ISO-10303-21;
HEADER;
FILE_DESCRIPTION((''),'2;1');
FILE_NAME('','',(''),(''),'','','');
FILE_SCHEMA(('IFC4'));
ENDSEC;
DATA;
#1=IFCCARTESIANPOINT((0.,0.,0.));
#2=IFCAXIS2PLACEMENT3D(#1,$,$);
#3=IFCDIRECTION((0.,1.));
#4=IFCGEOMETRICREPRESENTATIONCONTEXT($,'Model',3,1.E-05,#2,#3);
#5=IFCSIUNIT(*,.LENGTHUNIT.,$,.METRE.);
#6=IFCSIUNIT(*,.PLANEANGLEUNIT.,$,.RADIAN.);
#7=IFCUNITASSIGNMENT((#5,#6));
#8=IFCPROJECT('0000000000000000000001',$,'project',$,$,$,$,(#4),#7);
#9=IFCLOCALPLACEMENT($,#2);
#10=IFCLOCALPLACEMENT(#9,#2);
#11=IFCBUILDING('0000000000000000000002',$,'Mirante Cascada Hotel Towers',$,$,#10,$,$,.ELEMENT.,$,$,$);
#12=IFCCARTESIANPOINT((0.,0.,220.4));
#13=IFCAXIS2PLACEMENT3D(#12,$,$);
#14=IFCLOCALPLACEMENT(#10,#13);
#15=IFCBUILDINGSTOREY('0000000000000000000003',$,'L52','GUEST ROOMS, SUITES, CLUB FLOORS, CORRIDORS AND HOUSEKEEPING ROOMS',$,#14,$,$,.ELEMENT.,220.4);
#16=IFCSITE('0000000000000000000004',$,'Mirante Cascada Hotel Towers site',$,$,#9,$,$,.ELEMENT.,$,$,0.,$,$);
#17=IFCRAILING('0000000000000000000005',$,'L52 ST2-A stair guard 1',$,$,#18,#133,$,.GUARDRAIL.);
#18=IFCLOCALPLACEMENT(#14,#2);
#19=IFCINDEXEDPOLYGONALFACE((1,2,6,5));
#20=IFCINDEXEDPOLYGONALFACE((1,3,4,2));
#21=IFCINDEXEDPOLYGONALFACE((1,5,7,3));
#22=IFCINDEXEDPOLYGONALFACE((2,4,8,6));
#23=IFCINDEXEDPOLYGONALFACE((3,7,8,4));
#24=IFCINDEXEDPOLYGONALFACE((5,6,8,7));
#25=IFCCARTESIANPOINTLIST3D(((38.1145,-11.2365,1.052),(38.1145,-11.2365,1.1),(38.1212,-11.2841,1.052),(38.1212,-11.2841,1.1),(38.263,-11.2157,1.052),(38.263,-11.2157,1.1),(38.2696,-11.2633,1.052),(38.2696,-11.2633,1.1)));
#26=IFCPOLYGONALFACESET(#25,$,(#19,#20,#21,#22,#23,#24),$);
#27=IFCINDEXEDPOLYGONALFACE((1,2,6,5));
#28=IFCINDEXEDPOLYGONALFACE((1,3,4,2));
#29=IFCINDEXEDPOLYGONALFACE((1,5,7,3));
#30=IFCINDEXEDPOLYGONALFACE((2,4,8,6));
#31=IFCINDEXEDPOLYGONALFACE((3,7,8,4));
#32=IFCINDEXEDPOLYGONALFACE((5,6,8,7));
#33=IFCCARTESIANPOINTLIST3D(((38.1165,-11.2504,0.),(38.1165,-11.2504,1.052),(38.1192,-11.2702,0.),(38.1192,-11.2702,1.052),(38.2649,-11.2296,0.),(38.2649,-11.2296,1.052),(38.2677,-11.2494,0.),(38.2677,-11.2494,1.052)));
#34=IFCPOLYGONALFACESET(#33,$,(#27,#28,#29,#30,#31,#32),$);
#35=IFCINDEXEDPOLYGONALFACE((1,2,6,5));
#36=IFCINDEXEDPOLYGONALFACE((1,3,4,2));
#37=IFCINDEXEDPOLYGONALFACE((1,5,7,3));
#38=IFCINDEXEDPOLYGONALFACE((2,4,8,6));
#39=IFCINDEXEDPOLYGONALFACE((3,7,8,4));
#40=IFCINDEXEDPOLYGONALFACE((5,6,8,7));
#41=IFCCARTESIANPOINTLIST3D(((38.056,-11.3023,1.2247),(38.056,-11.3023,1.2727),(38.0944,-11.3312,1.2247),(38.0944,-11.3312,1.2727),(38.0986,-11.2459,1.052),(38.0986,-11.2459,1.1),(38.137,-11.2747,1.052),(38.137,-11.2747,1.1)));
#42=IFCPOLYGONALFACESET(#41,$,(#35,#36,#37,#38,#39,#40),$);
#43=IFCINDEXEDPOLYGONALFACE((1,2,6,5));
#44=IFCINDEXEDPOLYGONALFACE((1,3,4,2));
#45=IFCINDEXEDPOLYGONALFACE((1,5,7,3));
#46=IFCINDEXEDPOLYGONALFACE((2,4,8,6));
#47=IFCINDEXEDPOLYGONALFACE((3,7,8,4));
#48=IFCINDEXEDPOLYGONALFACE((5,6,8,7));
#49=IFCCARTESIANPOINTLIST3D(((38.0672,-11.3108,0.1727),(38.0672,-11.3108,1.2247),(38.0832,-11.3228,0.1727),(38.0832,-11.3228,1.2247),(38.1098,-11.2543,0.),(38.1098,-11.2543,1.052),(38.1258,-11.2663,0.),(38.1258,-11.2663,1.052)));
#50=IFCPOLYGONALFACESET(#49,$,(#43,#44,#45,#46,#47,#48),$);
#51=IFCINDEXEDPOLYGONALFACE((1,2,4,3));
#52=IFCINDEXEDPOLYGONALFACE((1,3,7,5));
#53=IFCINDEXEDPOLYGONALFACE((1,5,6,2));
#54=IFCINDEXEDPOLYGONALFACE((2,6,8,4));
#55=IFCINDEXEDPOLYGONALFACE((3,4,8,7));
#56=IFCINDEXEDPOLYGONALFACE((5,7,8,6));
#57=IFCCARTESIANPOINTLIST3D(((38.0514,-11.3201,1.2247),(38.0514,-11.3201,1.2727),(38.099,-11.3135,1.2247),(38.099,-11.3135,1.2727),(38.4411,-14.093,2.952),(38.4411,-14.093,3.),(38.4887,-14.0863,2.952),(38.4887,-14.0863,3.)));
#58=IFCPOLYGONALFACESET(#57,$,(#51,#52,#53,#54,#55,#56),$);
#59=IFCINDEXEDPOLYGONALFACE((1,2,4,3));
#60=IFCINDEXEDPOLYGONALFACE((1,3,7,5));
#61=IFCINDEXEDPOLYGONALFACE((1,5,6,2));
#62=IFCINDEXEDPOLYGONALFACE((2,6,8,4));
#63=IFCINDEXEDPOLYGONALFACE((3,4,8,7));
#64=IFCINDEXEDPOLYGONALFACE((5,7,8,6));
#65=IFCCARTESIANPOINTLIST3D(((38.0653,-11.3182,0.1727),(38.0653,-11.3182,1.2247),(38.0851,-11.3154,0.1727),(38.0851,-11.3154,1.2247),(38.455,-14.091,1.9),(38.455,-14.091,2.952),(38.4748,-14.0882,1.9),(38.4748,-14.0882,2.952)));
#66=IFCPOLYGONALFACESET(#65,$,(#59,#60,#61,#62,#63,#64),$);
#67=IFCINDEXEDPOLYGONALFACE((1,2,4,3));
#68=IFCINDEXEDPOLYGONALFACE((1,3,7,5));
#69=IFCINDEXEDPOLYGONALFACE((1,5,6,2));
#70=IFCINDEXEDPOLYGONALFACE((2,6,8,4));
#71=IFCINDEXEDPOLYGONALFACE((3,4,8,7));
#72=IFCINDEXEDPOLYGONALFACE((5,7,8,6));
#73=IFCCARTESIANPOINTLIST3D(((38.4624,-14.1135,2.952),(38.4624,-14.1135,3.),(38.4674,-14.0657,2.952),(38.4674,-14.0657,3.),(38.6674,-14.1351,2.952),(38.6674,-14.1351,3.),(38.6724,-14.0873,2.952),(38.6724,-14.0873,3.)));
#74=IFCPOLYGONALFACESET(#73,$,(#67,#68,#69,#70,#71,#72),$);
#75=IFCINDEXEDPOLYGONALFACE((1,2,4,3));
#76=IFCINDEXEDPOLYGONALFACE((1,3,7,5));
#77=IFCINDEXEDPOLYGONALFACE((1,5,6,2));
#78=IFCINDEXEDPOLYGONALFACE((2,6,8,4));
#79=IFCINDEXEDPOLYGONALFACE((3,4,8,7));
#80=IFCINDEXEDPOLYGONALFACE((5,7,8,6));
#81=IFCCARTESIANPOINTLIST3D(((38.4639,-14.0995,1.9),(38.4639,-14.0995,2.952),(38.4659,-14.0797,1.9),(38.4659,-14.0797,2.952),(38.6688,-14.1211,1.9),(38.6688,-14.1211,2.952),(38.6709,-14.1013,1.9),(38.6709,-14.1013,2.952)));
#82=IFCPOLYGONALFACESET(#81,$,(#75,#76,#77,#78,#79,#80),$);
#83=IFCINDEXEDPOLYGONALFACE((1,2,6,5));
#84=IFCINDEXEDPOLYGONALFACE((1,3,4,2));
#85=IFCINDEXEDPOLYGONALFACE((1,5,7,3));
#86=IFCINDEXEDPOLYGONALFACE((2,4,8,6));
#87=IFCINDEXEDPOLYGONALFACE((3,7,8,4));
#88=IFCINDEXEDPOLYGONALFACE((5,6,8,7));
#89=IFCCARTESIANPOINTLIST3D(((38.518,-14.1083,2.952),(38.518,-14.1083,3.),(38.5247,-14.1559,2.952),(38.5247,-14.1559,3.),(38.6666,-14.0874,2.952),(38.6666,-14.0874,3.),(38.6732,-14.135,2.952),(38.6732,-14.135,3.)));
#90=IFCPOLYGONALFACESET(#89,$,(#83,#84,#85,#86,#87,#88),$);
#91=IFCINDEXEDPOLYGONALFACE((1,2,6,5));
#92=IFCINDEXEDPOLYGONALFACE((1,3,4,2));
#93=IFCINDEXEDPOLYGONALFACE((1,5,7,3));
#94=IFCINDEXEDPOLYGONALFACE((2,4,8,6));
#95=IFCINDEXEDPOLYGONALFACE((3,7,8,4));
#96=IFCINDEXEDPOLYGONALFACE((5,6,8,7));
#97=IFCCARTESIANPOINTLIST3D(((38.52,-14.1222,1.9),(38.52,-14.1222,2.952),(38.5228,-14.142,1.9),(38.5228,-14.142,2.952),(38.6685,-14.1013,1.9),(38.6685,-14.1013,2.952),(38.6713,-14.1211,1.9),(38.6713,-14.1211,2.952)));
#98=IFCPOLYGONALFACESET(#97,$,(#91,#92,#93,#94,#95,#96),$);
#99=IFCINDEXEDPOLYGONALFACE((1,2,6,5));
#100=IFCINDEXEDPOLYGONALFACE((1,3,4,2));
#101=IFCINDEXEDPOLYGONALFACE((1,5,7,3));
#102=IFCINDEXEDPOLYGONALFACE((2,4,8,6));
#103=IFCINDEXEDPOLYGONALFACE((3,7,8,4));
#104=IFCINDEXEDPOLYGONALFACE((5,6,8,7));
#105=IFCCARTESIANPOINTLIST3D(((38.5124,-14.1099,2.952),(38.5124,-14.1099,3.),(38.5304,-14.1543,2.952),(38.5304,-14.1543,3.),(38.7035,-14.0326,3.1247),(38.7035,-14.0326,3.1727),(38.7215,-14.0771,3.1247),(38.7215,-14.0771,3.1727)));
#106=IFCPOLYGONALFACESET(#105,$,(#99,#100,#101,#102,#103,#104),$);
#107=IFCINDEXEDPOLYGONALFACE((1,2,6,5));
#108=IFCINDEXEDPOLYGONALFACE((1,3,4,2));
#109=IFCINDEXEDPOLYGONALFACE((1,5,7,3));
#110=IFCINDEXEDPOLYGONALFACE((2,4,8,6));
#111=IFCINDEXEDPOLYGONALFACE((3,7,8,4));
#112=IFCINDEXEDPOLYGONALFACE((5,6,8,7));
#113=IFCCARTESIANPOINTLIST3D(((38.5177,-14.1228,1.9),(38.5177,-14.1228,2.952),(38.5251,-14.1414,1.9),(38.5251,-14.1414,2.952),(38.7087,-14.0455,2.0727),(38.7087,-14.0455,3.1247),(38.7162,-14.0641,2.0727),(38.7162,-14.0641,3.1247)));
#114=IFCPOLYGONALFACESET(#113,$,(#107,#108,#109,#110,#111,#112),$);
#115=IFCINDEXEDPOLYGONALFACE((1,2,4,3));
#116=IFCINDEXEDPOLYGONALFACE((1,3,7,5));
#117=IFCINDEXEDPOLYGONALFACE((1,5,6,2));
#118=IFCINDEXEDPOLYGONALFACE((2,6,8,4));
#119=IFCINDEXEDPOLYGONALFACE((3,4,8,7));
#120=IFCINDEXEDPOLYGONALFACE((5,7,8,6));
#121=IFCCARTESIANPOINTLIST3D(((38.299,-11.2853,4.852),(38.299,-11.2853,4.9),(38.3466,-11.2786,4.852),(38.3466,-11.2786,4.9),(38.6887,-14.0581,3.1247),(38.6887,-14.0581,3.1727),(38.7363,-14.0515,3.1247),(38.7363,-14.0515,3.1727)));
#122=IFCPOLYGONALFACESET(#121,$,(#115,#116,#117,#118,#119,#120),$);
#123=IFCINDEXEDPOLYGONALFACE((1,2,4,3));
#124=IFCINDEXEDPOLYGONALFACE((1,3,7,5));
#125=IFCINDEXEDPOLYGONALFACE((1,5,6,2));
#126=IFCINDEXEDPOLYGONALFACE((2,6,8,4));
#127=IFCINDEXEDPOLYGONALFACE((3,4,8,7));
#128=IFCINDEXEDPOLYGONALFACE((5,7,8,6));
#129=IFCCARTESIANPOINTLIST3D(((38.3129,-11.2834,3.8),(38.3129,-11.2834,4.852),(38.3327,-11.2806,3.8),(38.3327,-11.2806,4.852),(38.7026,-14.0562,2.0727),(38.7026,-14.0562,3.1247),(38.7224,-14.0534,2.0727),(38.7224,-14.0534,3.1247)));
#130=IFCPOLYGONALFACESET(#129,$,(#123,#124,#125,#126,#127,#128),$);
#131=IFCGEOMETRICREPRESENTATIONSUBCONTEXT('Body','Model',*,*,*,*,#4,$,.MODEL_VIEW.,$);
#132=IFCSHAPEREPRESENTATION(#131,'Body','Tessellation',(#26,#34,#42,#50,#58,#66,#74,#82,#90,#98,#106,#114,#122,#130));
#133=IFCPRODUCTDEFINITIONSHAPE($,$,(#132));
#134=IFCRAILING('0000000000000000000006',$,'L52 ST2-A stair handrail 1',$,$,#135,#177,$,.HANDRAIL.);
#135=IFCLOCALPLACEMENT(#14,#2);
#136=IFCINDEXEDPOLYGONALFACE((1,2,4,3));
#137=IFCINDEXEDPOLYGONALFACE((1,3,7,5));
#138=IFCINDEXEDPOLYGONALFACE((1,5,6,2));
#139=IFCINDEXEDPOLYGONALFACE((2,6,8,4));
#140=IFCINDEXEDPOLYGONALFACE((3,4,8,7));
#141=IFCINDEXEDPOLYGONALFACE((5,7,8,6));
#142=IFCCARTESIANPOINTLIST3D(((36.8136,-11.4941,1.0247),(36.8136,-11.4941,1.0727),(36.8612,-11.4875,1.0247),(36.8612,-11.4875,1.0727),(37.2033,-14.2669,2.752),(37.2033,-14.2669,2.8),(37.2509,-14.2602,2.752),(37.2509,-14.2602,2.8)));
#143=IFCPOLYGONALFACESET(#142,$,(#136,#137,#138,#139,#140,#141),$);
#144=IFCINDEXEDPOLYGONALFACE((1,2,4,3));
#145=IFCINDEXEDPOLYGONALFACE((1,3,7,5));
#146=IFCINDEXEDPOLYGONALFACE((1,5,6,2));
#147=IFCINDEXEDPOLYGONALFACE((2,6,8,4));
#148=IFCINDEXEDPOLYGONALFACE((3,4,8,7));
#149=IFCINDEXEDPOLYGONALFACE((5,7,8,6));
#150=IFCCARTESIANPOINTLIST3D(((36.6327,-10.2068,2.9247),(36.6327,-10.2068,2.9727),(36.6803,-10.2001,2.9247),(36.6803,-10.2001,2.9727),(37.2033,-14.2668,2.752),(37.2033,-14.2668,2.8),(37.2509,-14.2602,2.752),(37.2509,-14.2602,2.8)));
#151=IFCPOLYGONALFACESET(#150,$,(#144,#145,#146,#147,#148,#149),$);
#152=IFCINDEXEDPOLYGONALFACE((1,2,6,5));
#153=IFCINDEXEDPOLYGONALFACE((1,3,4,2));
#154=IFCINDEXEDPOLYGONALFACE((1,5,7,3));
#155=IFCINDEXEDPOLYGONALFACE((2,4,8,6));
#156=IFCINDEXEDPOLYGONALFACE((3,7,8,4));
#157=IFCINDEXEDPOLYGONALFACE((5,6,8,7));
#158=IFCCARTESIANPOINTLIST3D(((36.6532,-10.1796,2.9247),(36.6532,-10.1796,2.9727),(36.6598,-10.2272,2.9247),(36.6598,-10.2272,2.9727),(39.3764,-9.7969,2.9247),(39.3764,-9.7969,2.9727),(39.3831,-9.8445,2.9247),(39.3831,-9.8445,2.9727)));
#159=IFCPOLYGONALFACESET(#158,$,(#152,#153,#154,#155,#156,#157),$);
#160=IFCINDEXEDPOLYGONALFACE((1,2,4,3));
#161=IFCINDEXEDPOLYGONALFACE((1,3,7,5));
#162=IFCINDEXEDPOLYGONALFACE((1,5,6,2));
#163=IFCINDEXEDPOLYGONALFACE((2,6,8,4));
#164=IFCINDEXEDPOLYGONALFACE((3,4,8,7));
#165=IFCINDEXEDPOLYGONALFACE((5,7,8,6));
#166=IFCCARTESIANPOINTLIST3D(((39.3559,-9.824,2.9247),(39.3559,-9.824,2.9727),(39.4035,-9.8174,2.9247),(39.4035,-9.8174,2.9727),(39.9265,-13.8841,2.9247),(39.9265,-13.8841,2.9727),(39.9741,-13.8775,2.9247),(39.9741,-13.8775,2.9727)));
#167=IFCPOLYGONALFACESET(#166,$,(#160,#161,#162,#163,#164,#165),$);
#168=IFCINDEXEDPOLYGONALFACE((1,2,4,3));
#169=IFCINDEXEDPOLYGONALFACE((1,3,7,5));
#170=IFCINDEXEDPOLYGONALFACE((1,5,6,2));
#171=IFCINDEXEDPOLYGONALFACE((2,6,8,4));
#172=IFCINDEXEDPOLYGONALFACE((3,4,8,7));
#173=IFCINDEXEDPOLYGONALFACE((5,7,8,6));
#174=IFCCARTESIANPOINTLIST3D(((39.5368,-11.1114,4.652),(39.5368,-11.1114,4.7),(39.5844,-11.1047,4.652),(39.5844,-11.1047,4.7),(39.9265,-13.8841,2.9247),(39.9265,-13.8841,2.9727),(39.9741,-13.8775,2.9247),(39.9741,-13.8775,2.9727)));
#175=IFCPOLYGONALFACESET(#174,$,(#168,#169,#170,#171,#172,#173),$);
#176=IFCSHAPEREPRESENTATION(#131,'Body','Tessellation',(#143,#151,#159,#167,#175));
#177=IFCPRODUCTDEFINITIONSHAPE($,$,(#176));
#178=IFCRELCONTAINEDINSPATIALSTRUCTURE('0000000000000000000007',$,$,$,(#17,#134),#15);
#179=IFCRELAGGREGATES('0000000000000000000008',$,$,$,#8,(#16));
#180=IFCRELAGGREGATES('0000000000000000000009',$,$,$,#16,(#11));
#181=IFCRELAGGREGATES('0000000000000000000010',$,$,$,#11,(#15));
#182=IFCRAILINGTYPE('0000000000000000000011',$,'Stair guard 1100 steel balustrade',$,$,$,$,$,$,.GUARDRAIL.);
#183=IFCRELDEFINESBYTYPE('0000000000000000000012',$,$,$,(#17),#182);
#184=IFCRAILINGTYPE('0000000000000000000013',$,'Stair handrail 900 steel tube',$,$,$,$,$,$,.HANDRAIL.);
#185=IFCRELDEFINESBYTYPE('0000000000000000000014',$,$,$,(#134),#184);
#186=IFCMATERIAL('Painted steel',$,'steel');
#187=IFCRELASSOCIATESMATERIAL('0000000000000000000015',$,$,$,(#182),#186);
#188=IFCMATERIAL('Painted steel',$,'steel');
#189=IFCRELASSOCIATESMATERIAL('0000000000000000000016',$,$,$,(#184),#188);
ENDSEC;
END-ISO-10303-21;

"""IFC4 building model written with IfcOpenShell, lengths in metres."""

from ifc_helpers import new_model, si_unit, direction, frame, origin, origin_2d, place, context, subcontext, project, spatial, rectangle, extrude, material, type_object, element, save


model = new_model("IFC4")

# Units and contexts
model_context = context("Model", 3, precision=1e-05, world=origin(), true_north=direction((0.0, 1.0)))
body_context = subcontext(model_context, "Body", "Model", "MODEL_VIEW")
ifc_project = project(units=[si_unit("LENGTHUNIT", "METRE"), si_unit("PLANEANGLEUNIT", "RADIAN")], contexts=[model_context])

# Site, building, storey
site_placement = place(None, origin())
site = spatial("IfcSite", under=ifc_project, at=site_placement, Name="Mirante Cascada Hotel Towers site", CompositionType="ELEMENT", RefElevation=0.0)
building_placement = place(site_placement, origin())
building = spatial("IfcBuilding", under=site, at=building_placement, Name="Mirante Cascada Hotel Towers", CompositionType="ELEMENT")
storey_placement = place(building_placement, frame((0.0, 0.0, 220.4)))
storey = spatial("IfcBuildingStorey", under=building, at=storey_placement, Name="L52", Description="GUEST ROOMS, SUITES, CLUB FLOORS, CORRIDORS AND HOUSEKEEPING ROOMS", CompositionType="ELEMENT", Elevation=220.4)

# Railings
ifc_material_1 = material(Name="Painted steel", Category="steel")
railing_type_1 = type_object("IfcRailingType", Name="Stair guard 1100 steel balustrade", PredefinedType="GUARDRAIL", material=ifc_material_1)
railing_1_placement = place(storey_placement, frame((38.2663, -11.2395, 0.0)))
element("IfcRailing", 1, at=railing_1_placement, inside=storey, type_object=railing_type_1, Name="L52 ST2-A stair guard 1", PredefinedType="GUARDRAIL", context=body_context, shape_type="SweptSolid", body=[
    extrude(rectangle(XDim=0.048, YDim=0.048, at=origin_2d()), frame((0.0, 0.0, 1.076), z_axis=(-0.990333, -0.138713, 0.0), x_axis=(0.138713, -0.990333, 0.0)), (0.0, 0.0, 1.0), 0.1499),
    extrude(rectangle(XDim=0.02, YDim=1.052, at=origin_2d()), frame((0.0, 0.0, 0.526), z_axis=(-0.990333, -0.138713, 0.0), x_axis=(0.138713, -0.990333, 0.0)), (0.0, 0.0, 1.0), 0.1499),
    extrude(rectangle(XDim=0.048, YDim=0.048, at=origin_2d()), frame((-0.1485, -0.0208, 1.076), z_axis=(-0.602033, -0.798471, 0.0), x_axis=(0.798471, -0.602033, 0.0)), (0.0, 0.92534, 0.379139), 0.1866),
    extrude(rectangle(XDim=0.02, YDim=1.052, at=origin_2d()), frame((-0.1485, -0.0208, 0.526), z_axis=(-0.602033, -0.798471, 0.0), x_axis=(0.798471, -0.602033, 0.0)), (0.0, 0.92534, 0.379139), 0.1866),
    extrude(rectangle(XDim=0.048, YDim=0.048, at=origin_2d()), frame((-0.1911, -0.0773, 1.2487), z_axis=(0.139176, -0.990268, 0.0), x_axis=(0.990268, 0.139176, 0.0)), (0.0, 0.525021, 0.851089), 3.29),
    extrude(rectangle(XDim=0.02, YDim=1.052, at=origin_2d()), frame((-0.1911, -0.0773, 0.6987), z_axis=(0.139176, -0.990268, 0.0), x_axis=(0.990268, 0.139176, 0.0)), (0.0, 0.525021, 0.851089), 3.29),
    extrude(rectangle(XDim=0.048, YDim=0.048, at=origin_2d()), frame((0.1986, -2.8501, 2.976), z_axis=(0.994495, -0.104786, 0.0), x_axis=(0.104786, 0.994495, 0.0)), (0.0, 0.0, 1.0), 0.2061),
    extrude(rectangle(XDim=0.02, YDim=1.052, at=origin_2d()), frame((0.1986, -2.8501, 2.426), z_axis=(0.994495, -0.104786, 0.0), x_axis=(0.104786, 0.994495, 0.0)), (0.0, 0.0, 1.0), 0.2061),
    extrude(rectangle(XDim=0.048, YDim=0.048, at=origin_2d()), frame((0.4036, -2.8717, 2.976), z_axis=(-0.990241, -0.139367, 0.0), x_axis=(0.139367, -0.990241, 0.0)), (0.0, 0.0, 1.0), 0.15),
    extrude(rectangle(XDim=0.02, YDim=1.052, at=origin_2d()), frame((0.4036, -2.8717, 2.426), z_axis=(-0.990241, -0.139367, 0.0), x_axis=(0.139367, -0.990241, 0.0)), (0.0, 0.0, 1.0), 0.15),
    extrude(rectangle(XDim=0.048, YDim=0.048, at=origin_2d()), frame((0.2551, -2.8926, 2.976), z_axis=(0.927031, 0.374984, 0.0), x_axis=(-0.374984, 0.927031, 0.0)), (0.0, 0.64219, 0.766545), 0.2689),
    extrude(rectangle(XDim=0.02, YDim=1.052, at=origin_2d()), frame((0.2551, -2.8926, 2.426), z_axis=(0.927031, 0.374984, 0.0), x_axis=(-0.374984, 0.927031, 0.0)), (0.0, 0.64219, 0.766545), 0.2689),
    extrude(rectangle(XDim=0.048, YDim=0.048, at=origin_2d()), frame((0.4462, -2.8153, 3.1487), z_axis=(-0.139176, 0.990268, 0.0), x_axis=(-0.990268, -0.139176, 0.0)), (0.0, 0.525021, 0.851089), 3.29),
    extrude(rectangle(XDim=0.02, YDim=1.052, at=origin_2d()), frame((0.4462, -2.8153, 2.5987), z_axis=(-0.139176, 0.990268, 0.0), x_axis=(-0.990268, -0.139176, 0.0)), (0.0, 0.525021, 0.851089), 3.29),
])
ifc_material_2 = material(Name="Painted steel", Category="steel")
railing_type_2 = type_object("IfcRailingType", Name="Stair handrail 900 steel tube", PredefinedType="HANDRAIL", material=ifc_material_2)
railing_2_placement = place(storey_placement, frame((36.8374, -11.4908, 0.1727)))
element("IfcRailing", 2, at=railing_2_placement, inside=storey, type_object=railing_type_2, Name="L52 ST2-A stair handrail 1", PredefinedType="HANDRAIL", context=body_context, shape_type="SweptSolid", body=[
    extrude(rectangle(XDim=0.048, YDim=0.048, at=origin_2d()), frame((0.0, 0.0, 0.876), z_axis=(0.139181, -0.990267, 0.0), x_axis=(0.990267, 0.139181, 0.0)), (0.0, 0.525035, 0.851081), 3.2899),
    extrude(rectangle(XDim=0.048, YDim=0.048, at=origin_2d()), frame((0.3897, -2.7727, 2.6033), z_axis=(-0.139171, 0.990268, 0.0), x_axis=(-0.990268, -0.139171, 0.0)), (0.0, 0.042085, 0.999114), 4.1036),
    extrude(rectangle(XDim=0.048, YDim=0.048, at=origin_2d()), frame((-0.1809, 1.2874, 2.776), z_axis=(0.990269, 0.139166, 0.0), x_axis=(-0.139166, 0.990269, 0.0)), (0.0, 0.0, 1.0), 2.75),
    extrude(rectangle(XDim=0.048, YDim=0.048, at=origin_2d()), frame((2.5423, 1.6701, 2.776), z_axis=(0.139171, -0.990268, 0.0), x_axis=(0.990268, 0.139171, 0.0)), (0.0, 0.0, 1.0), 4.1),
    extrude(rectangle(XDim=0.048, YDim=0.048, at=origin_2d()), frame((3.1129, -2.39, 2.776), z_axis=(-0.139181, 0.990267, 0.0), x_axis=(-0.990267, -0.139181, 0.0)), (0.0, 0.525035, 0.851081), 3.2899),
])

save(model, "model.ifc")
